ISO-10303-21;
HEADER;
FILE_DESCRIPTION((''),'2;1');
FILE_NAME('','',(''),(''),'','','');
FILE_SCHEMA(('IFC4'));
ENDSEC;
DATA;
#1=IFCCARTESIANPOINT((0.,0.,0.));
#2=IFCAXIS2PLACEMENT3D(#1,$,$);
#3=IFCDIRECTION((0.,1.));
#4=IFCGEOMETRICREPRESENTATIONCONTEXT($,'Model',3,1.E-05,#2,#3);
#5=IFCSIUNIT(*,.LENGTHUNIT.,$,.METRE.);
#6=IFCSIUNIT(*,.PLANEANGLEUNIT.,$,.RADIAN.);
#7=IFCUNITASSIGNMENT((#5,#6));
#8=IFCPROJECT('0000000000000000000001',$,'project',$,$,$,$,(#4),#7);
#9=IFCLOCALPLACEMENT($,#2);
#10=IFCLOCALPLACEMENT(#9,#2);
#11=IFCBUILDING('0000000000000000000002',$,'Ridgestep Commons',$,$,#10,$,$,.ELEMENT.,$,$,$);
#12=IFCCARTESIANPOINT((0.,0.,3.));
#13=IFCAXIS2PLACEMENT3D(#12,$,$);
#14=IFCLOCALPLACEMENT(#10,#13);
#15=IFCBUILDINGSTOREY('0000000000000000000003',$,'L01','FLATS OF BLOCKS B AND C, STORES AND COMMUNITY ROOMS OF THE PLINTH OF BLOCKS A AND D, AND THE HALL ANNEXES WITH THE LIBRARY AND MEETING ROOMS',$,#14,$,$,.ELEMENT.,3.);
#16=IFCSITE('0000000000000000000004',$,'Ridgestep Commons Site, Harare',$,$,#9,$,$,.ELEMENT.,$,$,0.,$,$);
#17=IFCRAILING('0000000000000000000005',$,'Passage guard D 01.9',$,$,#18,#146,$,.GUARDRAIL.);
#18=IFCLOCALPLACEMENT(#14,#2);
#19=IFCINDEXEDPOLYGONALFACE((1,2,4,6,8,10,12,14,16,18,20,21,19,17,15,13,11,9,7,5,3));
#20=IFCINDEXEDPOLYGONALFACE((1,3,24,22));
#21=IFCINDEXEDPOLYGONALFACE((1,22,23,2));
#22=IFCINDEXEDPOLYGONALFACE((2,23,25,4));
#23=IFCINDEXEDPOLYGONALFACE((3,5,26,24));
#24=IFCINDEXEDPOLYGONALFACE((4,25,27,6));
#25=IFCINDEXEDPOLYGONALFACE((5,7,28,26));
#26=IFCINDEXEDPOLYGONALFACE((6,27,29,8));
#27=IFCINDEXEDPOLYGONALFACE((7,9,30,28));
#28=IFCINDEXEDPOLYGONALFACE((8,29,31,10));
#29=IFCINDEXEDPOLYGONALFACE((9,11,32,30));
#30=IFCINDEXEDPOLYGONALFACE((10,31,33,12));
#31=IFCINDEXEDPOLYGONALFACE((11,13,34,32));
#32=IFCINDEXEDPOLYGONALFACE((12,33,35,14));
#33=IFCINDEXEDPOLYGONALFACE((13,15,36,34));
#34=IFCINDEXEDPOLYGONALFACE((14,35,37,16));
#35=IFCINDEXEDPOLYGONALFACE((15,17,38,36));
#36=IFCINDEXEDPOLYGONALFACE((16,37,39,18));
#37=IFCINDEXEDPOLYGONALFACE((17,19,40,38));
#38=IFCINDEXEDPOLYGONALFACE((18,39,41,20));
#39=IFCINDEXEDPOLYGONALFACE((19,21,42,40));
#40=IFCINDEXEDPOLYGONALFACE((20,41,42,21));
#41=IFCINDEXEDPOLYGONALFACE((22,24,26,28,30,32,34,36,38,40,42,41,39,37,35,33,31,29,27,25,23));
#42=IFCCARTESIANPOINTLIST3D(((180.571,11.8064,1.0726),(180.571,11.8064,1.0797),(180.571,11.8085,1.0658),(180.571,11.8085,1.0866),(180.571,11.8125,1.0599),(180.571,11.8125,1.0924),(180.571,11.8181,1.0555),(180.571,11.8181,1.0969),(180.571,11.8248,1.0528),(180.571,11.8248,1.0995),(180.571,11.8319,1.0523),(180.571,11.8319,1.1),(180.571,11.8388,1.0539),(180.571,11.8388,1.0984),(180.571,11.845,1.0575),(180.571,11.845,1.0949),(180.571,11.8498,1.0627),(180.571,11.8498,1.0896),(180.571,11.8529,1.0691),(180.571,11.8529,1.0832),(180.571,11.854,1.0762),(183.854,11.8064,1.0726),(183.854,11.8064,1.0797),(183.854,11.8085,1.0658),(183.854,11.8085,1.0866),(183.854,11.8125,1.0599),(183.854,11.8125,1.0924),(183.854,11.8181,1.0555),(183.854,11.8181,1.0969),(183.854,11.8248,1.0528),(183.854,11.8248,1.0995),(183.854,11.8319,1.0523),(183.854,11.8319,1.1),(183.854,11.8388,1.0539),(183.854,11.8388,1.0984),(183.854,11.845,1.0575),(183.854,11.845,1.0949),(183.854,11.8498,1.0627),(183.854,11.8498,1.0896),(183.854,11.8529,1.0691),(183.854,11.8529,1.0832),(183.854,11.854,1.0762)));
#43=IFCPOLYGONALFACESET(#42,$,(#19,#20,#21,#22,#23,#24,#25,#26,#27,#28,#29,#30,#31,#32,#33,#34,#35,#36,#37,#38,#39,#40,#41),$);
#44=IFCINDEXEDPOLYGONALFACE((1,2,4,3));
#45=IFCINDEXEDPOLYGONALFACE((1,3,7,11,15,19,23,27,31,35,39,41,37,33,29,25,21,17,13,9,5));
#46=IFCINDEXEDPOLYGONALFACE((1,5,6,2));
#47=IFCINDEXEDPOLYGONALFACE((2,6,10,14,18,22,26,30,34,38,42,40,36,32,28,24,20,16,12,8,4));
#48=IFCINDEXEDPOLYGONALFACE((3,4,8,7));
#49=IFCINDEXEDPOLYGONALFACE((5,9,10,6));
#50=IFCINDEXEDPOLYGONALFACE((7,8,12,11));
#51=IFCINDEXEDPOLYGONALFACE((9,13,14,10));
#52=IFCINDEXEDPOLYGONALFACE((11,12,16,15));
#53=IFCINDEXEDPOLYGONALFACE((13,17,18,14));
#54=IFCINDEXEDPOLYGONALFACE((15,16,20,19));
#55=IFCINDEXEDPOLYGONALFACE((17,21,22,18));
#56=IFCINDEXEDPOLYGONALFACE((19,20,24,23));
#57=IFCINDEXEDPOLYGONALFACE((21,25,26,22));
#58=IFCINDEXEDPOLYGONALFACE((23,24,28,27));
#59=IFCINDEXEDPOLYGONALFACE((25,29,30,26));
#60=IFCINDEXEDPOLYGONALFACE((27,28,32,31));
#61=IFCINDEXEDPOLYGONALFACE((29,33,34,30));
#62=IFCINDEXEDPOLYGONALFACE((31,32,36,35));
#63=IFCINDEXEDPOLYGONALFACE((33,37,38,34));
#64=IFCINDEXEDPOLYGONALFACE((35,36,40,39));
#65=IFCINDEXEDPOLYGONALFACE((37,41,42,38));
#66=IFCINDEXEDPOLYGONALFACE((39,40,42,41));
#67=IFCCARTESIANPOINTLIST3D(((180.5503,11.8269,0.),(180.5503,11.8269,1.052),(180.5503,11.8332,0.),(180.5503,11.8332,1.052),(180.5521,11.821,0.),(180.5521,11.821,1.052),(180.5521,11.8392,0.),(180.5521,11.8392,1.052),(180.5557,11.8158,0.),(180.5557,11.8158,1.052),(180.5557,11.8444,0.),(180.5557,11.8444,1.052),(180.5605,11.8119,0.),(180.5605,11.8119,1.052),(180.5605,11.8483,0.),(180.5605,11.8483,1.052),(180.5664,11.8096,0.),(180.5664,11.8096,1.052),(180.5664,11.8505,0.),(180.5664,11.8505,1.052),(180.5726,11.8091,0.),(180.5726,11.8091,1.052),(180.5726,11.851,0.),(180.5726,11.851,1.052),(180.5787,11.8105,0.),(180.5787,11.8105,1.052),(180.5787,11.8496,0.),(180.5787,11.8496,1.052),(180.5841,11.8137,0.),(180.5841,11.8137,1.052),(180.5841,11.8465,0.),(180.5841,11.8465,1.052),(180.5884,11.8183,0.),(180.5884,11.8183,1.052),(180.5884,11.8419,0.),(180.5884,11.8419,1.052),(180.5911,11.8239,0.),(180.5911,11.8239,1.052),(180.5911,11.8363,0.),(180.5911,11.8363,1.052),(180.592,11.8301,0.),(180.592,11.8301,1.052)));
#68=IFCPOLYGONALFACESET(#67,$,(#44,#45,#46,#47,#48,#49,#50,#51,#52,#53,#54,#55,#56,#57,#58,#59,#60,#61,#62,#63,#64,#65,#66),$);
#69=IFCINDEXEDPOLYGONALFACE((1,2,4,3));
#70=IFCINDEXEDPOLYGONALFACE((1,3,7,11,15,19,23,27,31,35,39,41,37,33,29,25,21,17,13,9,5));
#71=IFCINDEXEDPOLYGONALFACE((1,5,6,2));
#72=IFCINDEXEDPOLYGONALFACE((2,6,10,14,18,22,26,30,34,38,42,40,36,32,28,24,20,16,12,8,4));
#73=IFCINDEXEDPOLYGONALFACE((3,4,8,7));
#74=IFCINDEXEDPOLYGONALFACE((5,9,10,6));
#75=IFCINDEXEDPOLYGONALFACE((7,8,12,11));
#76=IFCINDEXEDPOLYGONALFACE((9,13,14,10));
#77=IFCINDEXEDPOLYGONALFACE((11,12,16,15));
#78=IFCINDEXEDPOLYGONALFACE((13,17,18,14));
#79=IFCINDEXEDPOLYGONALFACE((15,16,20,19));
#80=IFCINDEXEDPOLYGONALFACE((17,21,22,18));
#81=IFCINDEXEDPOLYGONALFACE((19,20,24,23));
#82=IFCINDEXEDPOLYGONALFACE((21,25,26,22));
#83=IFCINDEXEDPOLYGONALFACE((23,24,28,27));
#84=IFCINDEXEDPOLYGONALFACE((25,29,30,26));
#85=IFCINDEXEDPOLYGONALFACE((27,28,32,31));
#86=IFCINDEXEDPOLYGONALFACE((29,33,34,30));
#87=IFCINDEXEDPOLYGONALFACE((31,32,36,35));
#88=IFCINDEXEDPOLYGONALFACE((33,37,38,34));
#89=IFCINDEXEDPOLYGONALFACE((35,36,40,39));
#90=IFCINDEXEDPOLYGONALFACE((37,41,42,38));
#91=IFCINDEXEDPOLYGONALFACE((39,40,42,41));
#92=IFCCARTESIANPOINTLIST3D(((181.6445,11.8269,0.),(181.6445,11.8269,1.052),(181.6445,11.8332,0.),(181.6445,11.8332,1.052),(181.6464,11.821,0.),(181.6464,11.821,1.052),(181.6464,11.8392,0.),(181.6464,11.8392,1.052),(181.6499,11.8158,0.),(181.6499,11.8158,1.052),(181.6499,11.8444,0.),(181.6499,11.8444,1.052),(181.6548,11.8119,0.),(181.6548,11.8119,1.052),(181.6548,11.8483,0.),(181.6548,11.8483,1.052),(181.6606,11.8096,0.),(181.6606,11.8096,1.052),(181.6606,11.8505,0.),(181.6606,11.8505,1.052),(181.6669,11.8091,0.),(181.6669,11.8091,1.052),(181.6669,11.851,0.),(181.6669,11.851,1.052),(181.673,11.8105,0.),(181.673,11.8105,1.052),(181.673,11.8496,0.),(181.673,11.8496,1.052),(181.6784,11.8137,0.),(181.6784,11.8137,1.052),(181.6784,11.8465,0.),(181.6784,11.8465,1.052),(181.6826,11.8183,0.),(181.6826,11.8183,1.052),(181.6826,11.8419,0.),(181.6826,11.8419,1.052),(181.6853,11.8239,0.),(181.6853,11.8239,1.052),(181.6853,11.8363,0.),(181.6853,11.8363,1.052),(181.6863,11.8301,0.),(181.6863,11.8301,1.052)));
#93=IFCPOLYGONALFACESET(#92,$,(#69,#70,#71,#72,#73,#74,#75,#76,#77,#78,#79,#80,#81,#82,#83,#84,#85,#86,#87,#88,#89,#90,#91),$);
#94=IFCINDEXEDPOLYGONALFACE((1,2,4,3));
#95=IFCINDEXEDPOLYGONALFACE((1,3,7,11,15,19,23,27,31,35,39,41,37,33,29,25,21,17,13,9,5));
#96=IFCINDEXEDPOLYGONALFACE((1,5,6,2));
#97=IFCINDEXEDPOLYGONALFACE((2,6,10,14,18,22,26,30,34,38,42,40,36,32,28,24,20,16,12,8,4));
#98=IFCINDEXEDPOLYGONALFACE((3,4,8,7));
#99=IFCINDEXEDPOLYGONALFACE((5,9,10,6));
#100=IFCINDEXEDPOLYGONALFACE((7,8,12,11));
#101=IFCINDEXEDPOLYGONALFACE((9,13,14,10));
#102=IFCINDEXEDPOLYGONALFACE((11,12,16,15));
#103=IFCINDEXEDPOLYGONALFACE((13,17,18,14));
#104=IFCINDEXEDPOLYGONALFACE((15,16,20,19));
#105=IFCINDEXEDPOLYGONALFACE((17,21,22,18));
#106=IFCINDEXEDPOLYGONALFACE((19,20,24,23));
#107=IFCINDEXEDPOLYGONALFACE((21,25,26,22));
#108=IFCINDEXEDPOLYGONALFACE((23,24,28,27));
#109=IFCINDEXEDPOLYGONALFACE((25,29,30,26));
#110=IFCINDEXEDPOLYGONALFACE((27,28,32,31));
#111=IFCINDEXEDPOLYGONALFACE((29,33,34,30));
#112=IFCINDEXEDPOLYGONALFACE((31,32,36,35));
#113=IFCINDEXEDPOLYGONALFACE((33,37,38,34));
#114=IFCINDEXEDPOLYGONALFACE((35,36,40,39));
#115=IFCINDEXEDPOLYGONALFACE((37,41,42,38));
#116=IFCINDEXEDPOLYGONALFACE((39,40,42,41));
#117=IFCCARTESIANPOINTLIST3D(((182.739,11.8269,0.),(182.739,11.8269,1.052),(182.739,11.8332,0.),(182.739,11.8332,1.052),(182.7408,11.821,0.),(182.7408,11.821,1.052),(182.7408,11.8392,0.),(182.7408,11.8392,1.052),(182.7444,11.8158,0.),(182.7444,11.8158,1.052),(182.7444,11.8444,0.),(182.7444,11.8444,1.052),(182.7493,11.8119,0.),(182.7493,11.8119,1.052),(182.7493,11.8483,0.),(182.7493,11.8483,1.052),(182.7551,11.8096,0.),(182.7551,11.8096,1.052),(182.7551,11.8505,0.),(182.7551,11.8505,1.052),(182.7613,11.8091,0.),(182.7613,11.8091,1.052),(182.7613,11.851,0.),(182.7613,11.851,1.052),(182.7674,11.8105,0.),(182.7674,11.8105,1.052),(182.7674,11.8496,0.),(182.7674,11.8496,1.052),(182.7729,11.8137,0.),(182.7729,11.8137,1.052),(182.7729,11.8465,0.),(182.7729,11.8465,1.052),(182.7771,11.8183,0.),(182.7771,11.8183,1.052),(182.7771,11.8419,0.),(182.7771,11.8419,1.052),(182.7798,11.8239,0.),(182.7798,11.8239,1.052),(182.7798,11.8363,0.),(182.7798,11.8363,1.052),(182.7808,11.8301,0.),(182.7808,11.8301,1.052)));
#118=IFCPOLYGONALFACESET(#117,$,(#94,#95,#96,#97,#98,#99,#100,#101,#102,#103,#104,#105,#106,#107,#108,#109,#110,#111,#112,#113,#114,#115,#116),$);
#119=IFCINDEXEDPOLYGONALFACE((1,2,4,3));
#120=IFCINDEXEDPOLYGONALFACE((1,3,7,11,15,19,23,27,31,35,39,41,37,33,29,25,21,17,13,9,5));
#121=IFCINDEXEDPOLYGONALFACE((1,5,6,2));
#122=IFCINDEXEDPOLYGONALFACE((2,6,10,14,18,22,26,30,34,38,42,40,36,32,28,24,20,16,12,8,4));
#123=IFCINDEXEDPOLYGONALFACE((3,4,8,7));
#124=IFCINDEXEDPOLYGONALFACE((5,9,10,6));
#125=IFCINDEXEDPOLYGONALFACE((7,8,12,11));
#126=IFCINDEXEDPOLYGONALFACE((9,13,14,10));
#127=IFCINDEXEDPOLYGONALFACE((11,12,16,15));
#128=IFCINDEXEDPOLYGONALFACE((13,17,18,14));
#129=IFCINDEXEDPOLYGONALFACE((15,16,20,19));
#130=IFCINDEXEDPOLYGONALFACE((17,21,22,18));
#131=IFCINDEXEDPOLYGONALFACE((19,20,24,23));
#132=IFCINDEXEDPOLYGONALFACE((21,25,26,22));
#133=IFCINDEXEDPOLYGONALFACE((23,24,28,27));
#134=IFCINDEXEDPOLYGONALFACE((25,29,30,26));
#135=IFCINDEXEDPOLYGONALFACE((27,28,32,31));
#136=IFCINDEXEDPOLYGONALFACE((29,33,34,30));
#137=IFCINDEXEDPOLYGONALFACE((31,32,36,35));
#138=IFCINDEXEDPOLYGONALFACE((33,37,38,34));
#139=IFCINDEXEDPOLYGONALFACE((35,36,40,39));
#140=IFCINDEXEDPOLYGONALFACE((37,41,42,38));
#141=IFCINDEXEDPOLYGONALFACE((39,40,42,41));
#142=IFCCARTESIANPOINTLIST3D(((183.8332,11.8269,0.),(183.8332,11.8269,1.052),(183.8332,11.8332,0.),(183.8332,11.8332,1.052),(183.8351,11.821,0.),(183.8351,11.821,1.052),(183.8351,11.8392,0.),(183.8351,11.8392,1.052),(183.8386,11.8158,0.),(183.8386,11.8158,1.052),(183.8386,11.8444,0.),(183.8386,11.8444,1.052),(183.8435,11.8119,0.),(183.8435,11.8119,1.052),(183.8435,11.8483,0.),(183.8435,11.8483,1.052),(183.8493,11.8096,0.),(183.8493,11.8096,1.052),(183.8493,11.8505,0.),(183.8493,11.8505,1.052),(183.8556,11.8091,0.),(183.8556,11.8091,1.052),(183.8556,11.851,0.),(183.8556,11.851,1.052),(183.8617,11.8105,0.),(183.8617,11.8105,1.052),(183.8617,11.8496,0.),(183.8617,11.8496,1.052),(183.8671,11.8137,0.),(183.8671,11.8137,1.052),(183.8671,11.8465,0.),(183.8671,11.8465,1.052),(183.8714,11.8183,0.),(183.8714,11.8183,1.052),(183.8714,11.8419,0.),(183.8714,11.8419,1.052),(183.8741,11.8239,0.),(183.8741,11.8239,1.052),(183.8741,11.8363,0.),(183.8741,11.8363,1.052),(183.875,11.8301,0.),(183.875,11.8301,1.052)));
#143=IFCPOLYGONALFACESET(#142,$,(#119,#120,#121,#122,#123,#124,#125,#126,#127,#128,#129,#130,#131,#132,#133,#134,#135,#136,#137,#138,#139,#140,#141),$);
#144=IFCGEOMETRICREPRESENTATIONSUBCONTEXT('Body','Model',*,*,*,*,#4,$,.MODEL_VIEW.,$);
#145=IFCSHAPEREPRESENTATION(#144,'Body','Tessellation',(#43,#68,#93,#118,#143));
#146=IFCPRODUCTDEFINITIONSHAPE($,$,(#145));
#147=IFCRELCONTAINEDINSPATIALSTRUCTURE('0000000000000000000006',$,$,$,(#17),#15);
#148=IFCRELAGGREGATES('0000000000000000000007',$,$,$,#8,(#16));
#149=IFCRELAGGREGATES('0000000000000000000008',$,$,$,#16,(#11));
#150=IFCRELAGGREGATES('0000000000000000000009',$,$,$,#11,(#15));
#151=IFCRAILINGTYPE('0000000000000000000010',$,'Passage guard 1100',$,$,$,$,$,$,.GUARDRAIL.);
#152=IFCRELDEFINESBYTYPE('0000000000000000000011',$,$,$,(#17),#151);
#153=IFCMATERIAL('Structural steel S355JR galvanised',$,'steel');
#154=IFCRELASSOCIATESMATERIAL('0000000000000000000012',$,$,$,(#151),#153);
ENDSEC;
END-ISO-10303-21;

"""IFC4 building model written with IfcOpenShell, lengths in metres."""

from ifc_helpers import new_model, si_unit, direction, frame, origin, origin_2d, place, context, subcontext, project, spatial, circle, extrude, material, type_object, element, save


model = new_model("IFC4")

# Units and contexts
model_context = context("Model", 3, precision=1e-05, world=origin(), true_north=direction((0.0, 1.0)))
body_context = subcontext(model_context, "Body", "Model", "MODEL_VIEW")
ifc_project = project(units=[si_unit("LENGTHUNIT", "METRE"), si_unit("PLANEANGLEUNIT", "RADIAN")], contexts=[model_context])

# Site, building, storey
site_placement = place(None, origin())
site = spatial("IfcSite", under=ifc_project, at=site_placement, Name="Ridgestep Commons Site, Harare", CompositionType="ELEMENT", RefElevation=0.0)
building_placement = place(site_placement, origin())
building = spatial("IfcBuilding", under=site, at=building_placement, Name="Ridgestep Commons", CompositionType="ELEMENT")
storey_placement = place(building_placement, frame((0.0, 0.0, 3.0)))
storey = spatial("IfcBuildingStorey", under=building, at=storey_placement, Name="L01", Description="FLATS OF BLOCKS B AND C, STORES AND COMMUNITY ROOMS OF THE PLINTH OF BLOCKS A AND D, AND THE HALL ANNEXES WITH THE LIBRARY AND MEETING ROOMS", CompositionType="ELEMENT", Elevation=3.0)

# Railing
ifc_material_1 = material(Name="Structural steel S355JR galvanised", Category="steel")
railing_type = type_object("IfcRailingType", Name="Passage guard 1100", PredefinedType="GUARDRAIL", material=ifc_material_1)
for number, where, name in (
    (1, (180.571, 11.8301, 0.0), "Passage guard D 01.9"),
):
    element("IfcRailing", number, at=place(storey_placement, frame(where)), inside=storey, type_object=railing_type, Name=name, PredefinedType="GUARDRAIL", context=body_context, shape_type="SweptSolid", body=[
        extrude(circle(Radius=0.0239, at=origin_2d()), frame((0.0, 0.0, 1.0762), z_axis=(1.0, 0.0, 0.0), x_axis=(0.0, 1.0, 0.0)), (0.0, 0.0, 1.0), 3.283),
        extrude(circle(Radius=0.021, at=origin_2d()), origin(), (0.0, 0.0, 1.0), 1.052),
        extrude(circle(Radius=0.021, at=origin_2d()), frame((1.0942, 0.0, 0.0)), (0.0, 0.0, 1.0), 1.052),
        extrude(circle(Radius=0.021, at=origin_2d()), frame((2.1887, 0.0, 0.0)), (0.0, 0.0, 1.0), 1.052),
        extrude(circle(Radius=0.021, at=origin_2d()), frame((3.283, 0.0, 0.0)), (0.0, 0.0, 1.0), 1.052),
    ])

save(model, "model.ifc")
